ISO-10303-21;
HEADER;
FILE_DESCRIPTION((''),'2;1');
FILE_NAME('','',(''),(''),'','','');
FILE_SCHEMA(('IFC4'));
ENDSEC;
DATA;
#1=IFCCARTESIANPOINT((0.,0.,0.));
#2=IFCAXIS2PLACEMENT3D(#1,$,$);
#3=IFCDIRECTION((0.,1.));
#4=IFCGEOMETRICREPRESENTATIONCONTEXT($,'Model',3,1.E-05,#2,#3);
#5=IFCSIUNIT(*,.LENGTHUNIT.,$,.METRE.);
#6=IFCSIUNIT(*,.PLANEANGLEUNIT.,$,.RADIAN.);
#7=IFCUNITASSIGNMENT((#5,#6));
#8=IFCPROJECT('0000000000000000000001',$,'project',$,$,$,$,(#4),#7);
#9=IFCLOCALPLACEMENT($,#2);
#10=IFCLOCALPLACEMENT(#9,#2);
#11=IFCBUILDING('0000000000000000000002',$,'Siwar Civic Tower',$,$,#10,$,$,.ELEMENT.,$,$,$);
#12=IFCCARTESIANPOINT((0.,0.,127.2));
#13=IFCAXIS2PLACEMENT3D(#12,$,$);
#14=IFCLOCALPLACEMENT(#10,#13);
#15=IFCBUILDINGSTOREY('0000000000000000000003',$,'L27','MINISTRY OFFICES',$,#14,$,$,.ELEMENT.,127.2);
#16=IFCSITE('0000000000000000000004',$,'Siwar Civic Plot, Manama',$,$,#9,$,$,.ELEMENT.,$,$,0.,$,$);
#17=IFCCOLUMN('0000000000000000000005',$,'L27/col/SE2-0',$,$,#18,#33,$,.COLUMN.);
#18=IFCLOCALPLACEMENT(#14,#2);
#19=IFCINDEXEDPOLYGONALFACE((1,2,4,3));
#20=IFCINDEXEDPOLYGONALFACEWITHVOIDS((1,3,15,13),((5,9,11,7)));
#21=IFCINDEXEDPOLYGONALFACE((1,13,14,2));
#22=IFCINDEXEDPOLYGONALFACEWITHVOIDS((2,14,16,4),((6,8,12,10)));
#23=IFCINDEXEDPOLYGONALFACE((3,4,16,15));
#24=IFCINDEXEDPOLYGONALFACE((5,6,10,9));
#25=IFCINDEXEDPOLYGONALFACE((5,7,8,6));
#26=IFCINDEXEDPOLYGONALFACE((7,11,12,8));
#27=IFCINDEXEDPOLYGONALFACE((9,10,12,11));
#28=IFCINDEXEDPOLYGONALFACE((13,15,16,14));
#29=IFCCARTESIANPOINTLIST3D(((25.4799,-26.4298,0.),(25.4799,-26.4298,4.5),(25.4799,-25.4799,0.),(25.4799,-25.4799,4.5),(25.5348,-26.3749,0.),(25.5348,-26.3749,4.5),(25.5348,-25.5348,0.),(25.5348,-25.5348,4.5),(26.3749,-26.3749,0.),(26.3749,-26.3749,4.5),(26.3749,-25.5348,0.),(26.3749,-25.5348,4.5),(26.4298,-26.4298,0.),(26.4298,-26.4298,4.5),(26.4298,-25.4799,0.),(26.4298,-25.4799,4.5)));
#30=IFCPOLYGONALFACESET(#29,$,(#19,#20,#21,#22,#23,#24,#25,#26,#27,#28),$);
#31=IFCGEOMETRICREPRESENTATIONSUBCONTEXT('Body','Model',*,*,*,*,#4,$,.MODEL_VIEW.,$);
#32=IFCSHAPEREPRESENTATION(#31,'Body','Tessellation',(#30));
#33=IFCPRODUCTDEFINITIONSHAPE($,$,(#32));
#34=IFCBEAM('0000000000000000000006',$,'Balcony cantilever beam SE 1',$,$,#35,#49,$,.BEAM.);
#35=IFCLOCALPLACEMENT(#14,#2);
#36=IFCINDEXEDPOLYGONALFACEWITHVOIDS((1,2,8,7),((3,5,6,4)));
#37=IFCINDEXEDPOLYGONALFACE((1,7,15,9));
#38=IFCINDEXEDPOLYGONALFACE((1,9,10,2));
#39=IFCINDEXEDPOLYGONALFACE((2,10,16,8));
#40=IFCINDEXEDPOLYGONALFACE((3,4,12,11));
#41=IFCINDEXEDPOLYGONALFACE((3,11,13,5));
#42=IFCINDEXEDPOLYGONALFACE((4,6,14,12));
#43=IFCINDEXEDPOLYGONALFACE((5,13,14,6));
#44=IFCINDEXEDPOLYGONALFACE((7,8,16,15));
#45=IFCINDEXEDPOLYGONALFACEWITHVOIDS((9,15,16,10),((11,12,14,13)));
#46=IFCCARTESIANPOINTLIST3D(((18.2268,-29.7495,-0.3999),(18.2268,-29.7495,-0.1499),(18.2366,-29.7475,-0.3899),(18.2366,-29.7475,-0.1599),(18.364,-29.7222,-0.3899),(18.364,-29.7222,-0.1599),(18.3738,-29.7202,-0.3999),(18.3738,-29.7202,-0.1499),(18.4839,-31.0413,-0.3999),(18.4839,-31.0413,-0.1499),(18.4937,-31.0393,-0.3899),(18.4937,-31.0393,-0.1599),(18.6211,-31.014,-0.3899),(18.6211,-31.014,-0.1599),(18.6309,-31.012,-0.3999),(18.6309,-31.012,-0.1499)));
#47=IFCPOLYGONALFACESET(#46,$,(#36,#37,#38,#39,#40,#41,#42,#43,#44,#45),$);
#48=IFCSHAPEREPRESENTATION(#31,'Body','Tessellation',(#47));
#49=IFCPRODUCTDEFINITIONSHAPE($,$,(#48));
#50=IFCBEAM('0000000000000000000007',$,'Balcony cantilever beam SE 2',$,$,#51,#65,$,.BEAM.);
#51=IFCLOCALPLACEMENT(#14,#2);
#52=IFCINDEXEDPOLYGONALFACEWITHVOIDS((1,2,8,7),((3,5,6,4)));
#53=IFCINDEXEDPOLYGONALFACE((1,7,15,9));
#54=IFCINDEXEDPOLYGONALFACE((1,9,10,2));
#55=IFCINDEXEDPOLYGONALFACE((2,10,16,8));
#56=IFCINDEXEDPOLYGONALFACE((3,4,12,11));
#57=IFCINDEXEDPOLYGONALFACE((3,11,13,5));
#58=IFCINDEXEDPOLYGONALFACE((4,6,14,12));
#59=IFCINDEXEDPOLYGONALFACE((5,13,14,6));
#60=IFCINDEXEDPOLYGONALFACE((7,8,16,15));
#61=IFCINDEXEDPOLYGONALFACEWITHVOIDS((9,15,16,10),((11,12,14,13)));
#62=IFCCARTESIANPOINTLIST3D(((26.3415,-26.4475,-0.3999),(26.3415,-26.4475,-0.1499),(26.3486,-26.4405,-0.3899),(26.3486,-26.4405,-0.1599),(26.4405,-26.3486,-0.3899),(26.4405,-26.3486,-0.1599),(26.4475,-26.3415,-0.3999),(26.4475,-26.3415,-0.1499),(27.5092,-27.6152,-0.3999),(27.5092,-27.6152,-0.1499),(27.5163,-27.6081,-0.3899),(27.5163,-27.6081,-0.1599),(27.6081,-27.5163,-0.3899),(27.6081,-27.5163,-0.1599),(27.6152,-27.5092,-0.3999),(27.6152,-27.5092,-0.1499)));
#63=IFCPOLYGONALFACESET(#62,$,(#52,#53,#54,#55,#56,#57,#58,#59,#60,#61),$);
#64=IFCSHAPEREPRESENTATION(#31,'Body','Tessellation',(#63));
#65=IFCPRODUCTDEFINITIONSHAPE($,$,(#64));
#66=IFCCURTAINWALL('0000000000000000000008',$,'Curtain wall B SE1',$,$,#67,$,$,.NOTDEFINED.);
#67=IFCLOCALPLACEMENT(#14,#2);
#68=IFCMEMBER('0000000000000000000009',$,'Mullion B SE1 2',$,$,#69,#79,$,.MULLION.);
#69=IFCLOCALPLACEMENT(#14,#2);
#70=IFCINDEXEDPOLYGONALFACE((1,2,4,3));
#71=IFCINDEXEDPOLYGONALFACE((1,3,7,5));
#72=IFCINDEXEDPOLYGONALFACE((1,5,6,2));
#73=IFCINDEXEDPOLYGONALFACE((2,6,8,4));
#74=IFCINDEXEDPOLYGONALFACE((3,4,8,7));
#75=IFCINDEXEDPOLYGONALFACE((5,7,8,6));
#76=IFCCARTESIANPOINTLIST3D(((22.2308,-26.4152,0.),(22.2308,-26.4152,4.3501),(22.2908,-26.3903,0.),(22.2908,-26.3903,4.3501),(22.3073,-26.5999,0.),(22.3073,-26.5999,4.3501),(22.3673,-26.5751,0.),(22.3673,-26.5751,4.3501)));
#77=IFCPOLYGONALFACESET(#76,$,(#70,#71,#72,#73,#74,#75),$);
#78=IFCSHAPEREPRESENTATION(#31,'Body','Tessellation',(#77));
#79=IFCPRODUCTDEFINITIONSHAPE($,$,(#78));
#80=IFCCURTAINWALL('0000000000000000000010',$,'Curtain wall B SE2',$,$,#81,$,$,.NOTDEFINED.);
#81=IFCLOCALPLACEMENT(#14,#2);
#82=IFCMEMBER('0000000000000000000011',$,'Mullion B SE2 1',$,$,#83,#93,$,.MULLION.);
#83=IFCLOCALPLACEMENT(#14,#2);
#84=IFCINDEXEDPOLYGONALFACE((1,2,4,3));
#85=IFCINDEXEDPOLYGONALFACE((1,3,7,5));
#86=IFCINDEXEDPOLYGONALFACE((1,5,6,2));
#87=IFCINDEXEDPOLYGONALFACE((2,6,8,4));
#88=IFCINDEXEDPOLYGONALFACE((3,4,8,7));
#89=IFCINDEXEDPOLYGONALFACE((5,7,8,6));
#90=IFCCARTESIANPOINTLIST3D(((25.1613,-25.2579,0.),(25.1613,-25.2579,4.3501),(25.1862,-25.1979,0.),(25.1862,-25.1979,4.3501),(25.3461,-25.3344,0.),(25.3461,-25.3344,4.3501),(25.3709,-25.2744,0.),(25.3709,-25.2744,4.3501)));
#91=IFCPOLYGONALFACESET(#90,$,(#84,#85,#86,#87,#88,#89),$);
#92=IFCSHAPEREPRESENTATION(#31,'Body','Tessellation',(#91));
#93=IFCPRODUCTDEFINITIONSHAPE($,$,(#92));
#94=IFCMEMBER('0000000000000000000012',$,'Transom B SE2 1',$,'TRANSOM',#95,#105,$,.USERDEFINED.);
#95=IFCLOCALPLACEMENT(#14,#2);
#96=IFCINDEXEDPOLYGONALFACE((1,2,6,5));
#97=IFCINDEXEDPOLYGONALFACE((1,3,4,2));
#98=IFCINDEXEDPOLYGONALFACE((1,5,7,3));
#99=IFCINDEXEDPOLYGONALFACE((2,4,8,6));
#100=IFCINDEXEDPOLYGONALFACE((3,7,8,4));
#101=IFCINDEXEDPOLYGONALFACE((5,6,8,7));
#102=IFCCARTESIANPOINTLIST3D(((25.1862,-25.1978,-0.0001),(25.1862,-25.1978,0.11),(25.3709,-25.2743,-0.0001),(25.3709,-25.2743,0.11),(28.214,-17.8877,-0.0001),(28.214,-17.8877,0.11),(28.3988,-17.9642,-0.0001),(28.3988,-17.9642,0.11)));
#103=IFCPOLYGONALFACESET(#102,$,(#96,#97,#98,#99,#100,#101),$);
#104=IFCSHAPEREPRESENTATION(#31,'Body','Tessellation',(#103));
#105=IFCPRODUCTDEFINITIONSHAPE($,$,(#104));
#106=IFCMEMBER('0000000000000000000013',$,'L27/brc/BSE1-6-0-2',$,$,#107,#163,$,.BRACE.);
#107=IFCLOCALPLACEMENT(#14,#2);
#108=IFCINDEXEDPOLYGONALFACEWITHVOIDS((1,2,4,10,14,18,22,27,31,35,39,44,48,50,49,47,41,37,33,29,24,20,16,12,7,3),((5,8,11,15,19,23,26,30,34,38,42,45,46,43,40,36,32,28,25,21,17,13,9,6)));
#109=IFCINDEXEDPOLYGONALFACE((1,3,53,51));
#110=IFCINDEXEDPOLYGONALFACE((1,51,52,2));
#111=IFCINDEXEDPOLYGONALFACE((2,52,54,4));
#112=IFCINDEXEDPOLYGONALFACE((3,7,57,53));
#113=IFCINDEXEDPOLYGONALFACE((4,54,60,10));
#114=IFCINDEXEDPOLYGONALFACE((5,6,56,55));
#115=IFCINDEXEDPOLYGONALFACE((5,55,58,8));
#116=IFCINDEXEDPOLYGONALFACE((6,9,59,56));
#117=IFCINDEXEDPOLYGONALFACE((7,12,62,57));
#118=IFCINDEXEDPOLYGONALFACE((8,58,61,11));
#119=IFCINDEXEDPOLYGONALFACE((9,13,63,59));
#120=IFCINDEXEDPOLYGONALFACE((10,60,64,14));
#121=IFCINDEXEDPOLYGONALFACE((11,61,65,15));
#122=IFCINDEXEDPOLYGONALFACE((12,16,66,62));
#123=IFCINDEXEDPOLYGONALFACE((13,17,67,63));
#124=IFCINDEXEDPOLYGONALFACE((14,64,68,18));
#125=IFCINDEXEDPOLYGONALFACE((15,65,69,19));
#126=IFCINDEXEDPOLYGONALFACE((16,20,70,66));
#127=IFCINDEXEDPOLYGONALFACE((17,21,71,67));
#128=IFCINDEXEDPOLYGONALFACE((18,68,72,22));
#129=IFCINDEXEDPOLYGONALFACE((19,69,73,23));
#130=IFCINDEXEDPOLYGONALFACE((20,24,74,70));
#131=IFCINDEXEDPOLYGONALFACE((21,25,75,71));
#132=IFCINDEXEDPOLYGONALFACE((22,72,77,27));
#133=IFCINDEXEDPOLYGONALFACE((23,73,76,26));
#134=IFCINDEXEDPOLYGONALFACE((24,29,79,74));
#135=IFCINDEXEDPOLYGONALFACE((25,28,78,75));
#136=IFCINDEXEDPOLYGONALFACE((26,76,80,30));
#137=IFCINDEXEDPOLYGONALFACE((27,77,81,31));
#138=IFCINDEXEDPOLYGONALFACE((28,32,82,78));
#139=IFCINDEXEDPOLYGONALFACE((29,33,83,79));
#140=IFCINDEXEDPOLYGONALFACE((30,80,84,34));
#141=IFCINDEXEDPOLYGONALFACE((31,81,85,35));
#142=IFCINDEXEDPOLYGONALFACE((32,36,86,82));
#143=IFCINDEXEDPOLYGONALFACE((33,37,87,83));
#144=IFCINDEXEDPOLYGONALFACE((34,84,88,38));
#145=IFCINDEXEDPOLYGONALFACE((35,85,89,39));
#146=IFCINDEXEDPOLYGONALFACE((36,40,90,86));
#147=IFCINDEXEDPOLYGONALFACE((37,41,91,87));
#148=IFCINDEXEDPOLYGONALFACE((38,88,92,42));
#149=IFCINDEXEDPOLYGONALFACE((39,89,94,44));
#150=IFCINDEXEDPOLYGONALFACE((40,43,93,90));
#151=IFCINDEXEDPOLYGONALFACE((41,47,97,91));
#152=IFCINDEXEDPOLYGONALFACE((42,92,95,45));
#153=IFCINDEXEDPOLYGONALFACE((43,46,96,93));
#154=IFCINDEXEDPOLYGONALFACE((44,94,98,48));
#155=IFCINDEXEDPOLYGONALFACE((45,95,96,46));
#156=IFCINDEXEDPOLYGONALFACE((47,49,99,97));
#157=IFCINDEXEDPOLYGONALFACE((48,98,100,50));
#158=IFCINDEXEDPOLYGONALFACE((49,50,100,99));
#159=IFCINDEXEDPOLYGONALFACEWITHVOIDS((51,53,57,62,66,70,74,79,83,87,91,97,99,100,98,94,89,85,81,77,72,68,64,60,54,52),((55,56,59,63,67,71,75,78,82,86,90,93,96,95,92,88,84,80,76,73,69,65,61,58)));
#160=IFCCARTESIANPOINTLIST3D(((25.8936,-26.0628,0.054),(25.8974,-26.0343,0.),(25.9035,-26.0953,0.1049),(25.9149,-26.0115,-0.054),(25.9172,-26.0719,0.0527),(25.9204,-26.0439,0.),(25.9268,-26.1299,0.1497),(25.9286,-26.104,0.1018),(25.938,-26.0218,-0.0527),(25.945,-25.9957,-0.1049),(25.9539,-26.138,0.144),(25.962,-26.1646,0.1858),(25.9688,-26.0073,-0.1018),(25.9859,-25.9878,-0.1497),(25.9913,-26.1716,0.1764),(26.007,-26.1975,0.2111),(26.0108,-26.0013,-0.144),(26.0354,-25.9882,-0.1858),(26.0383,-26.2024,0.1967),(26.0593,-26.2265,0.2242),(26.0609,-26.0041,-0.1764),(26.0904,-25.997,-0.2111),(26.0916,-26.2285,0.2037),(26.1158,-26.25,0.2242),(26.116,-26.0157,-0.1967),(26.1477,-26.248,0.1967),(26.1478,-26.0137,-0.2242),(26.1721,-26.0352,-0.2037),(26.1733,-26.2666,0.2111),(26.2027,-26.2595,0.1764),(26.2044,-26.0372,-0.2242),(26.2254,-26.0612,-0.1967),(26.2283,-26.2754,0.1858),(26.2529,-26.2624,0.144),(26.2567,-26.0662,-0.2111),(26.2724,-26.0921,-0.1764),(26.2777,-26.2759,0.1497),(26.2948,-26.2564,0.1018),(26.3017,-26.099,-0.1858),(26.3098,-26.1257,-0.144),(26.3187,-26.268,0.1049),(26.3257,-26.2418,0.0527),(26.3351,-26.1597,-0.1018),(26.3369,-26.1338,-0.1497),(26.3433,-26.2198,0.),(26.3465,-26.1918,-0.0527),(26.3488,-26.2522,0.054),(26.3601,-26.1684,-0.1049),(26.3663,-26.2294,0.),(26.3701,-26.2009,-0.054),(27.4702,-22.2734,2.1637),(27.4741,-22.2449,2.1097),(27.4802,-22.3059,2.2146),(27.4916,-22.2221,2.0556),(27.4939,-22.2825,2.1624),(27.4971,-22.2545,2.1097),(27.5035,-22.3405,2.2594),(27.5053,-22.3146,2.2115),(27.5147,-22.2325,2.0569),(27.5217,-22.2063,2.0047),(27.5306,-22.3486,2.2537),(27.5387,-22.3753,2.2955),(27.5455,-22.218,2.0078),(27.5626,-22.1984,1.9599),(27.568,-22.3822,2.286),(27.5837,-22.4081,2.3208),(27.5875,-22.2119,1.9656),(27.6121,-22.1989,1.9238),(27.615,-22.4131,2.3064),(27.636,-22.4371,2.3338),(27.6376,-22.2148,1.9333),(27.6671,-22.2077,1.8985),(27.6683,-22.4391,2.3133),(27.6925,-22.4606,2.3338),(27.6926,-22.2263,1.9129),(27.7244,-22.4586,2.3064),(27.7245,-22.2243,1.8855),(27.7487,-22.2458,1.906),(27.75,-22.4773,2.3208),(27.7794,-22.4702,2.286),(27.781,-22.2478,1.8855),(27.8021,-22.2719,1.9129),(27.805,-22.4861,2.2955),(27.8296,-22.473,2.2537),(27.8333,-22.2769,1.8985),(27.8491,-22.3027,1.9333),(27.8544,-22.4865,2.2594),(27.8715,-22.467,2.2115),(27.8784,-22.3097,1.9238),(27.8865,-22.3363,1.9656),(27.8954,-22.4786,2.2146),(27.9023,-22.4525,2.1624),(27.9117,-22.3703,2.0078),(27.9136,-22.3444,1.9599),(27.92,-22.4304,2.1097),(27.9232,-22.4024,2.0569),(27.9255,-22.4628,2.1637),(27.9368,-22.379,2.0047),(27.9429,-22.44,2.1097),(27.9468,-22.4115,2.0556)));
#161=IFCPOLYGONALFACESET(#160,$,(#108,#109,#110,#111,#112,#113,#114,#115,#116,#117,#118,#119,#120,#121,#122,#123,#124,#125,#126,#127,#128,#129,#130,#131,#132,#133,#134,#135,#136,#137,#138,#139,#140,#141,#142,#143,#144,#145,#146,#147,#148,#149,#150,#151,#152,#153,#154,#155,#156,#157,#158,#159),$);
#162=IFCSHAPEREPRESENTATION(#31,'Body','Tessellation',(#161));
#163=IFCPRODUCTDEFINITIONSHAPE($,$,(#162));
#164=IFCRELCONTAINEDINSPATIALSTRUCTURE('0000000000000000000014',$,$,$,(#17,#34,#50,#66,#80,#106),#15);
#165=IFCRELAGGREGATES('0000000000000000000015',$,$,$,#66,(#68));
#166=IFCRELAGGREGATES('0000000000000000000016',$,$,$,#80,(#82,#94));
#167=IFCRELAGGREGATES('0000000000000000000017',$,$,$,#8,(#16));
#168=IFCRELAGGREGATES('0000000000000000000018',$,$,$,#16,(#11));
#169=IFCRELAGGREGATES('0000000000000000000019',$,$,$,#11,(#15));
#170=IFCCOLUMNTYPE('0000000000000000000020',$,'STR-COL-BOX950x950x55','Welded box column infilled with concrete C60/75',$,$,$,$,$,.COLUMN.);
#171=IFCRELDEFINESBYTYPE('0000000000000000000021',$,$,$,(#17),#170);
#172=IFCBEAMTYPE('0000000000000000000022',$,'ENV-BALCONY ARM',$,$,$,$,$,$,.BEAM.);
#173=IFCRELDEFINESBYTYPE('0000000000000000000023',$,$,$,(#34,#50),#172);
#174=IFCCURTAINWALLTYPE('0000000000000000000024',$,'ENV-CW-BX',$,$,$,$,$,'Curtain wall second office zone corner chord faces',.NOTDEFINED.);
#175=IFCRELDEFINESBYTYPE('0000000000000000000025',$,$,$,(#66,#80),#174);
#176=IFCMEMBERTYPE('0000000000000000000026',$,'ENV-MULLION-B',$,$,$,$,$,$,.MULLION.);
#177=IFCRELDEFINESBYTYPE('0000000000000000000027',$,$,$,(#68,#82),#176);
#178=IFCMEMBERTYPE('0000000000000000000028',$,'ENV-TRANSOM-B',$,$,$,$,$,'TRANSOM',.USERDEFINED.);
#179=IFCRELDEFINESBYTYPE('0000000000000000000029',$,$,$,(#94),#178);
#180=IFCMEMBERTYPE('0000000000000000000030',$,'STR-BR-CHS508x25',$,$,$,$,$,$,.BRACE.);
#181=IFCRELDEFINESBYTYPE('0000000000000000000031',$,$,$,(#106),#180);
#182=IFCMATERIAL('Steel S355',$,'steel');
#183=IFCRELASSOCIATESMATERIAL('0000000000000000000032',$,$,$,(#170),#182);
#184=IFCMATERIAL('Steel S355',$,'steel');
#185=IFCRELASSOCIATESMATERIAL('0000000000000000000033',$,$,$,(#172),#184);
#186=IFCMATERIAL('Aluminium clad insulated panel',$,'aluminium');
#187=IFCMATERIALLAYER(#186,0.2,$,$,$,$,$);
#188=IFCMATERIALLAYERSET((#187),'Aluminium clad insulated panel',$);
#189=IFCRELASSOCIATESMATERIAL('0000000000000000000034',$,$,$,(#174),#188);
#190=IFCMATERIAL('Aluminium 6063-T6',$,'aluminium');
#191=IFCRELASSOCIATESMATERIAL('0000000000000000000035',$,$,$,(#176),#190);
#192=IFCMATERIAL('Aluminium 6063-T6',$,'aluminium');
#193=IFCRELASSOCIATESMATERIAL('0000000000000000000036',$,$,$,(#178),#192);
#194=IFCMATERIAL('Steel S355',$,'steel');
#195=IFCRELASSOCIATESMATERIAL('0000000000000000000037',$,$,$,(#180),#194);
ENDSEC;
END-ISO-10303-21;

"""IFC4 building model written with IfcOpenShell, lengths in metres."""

from ifc_helpers import new_model, si_unit, direction, frame, origin, origin_2d, place, context, subcontext, project, spatial, rectangle, hollow_rectangle, hollow_circle, extrude, material, layer, layer_set, material_profile, profile_set, type_object, element, aggregate, save


model = new_model("IFC4")

# Units and contexts
model_context = context("Model", 3, precision=1e-05, world=origin(), true_north=direction((0.0, 1.0)))
body_context = subcontext(model_context, "Body", "Model", "MODEL_VIEW")
ifc_project = project(units=[si_unit("LENGTHUNIT", "METRE"), si_unit("PLANEANGLEUNIT", "RADIAN")], contexts=[model_context])

# Site, building, storey
site_placement = place(None, origin())
site = spatial("IfcSite", under=ifc_project, at=site_placement, Name="Siwar Civic Plot, Manama", CompositionType="ELEMENT", RefElevation=0.0)
building_placement = place(site_placement, origin())
building = spatial("IfcBuilding", under=site, at=building_placement, Name="Siwar Civic Tower", CompositionType="ELEMENT")
storey_placement = place(building_placement, frame((0.0, 0.0, 127.2)))
storey = spatial("IfcBuildingStorey", under=building, at=storey_placement, Name="L27", Description="MINISTRY OFFICES", CompositionType="ELEMENT", Elevation=127.2)

# Column
ifc_material_1 = material(Name="Steel S355", Category="steel")
ifc_material_profile_1 = material_profile(ifc_material_1, hollow_rectangle(XDim=0.95, YDim=0.95, WallThickness=0.0549, at=origin_2d()), Name="BOX950x950x55")
ifc_profile_set_1 = profile_set([ifc_material_profile_1], Name="Steel S355")
column_type = type_object("IfcColumnType", Name="STR-COL-BOX950x950x55", Description="Welded box column infilled with concrete C60/75", PredefinedType="COLUMN", material=ifc_profile_set_1)
column_placement = place(storey_placement, frame((25.9548, -25.9548, 0.0), z_axis=(0.0, 0.0, 1.0), x_axis=(1.0, 0.0, 0.0)))
element("IfcColumn", 1, at=column_placement, inside=storey, type_object=column_type, Name="L27/col/SE2-0", PredefinedType="COLUMN", context=body_context, shape_type="SweptSolid", body=[
    extrude(hollow_rectangle(XDim=0.95, YDim=0.95, WallThickness=0.0549, at=origin_2d()), origin(), (0.0, 0.0, 1.0), 4.5),
])

# Beams
ifc_material_2 = material(Name="Steel S355", Category="steel")
ifc_material_profile_2 = material_profile(ifc_material_2, hollow_rectangle(XDim=0.1499, YDim=0.25, WallThickness=0.01, at=origin_2d()), Name="RHS250x150x10")
ifc_profile_set_2 = profile_set([ifc_material_profile_2], Name="Steel S355")
beam_type_1 = type_object("IfcBeamType", Name="ENV-BALCONY ARM", PredefinedType="BEAM", material=ifc_profile_set_2)
beam_1_placement = place(storey_placement, frame((18.3003, -29.7349, -0.2749), z_axis=(0.195189, -0.980766, 0.0), x_axis=(0.980766, 0.195189, 0.0)))
element("IfcBeam", 2, at=beam_1_placement, inside=storey, type_object=beam_type_1, Name="Balcony cantilever beam SE 1", PredefinedType="BEAM", context=body_context, shape_type="SweptSolid", body=[
    extrude(hollow_rectangle(XDim=0.1499, YDim=0.25, WallThickness=0.01, at=origin_2d()), origin(), (0.0, 0.0, 1.0), 1.3171),
])
beam_2_placement = place(storey_placement, frame((26.3945, -26.3945, -0.2749), z_axis=(0.707107, -0.707107, 0.0), x_axis=(0.707107, 0.707107, 0.0)))
element("IfcBeam", 3, at=beam_2_placement, inside=storey, type_object=beam_type_1, Name="Balcony cantilever beam SE 2", PredefinedType="BEAM", context=body_context, shape_type="SweptSolid", body=[
    extrude(hollow_rectangle(XDim=0.1499, YDim=0.25, WallThickness=0.01, at=origin_2d()), origin(), (0.0, 0.0, 1.0), 1.6514),
])

# Curtain wall, member
ifc_material_3 = material(Name="Aluminium clad insulated panel", Category="aluminium")
ifc_layer_1 = layer(ifc_material_3, 0.2)
ifc_layer_set_1 = layer_set([ifc_layer_1], Name="Aluminium clad insulated panel")
curtain_wall_type = type_object("IfcCurtainWallType", Name="ENV-CW-BX", ElementType="Curtain wall second office zone corner chord faces", PredefinedType="NOTDEFINED", material=ifc_layer_set_1)
curtain_wall_1_placement = place(storey_placement, origin())
curtain_wall_1 = element("IfcCurtainWall", 4, at=curtain_wall_1_placement, inside=storey, type_object=curtain_wall_type, Name="Curtain wall B SE1", PredefinedType="NOTDEFINED")
ifc_material_4 = material(Name="Aluminium 6063-T6", Category="aluminium")
ifc_material_profile_3 = material_profile(ifc_material_4, rectangle(XDim=0.2, YDim=0.0649, at=origin_2d()), Name="AL 200x65")
ifc_profile_set_3 = profile_set([ifc_material_profile_3], Name="Aluminium 6063-T6")
member_type_1 = type_object("IfcMemberType", Name="ENV-MULLION-B", PredefinedType="MULLION", material=ifc_profile_set_3)
member_1_placement = place(storey_placement, frame((22.2991, -26.4951, 0.0), z_axis=(0.0, 0.0, 1.0), x_axis=(-0.382683, 0.92388, 0.0)))
member_1 = element("IfcMember", 5, at=member_1_placement, type_object=member_type_1, Name="Mullion B SE1 2", PredefinedType="MULLION", context=body_context, shape_type="SweptSolid", body=[
    extrude(rectangle(XDim=0.2, YDim=0.0649, at=origin_2d()), origin(), (0.0, 0.0, 1.0), 4.3501),
])

# Curtain wall, members
curtain_wall_2_placement = place(storey_placement, origin())
curtain_wall_2 = element("IfcCurtainWall", 6, at=curtain_wall_2_placement, inside=storey, type_object=curtain_wall_type, Name="Curtain wall B SE2", PredefinedType="NOTDEFINED")
member_2_placement = place(storey_placement, frame((25.2661, -25.2661, 0.0), z_axis=(0.0, 0.0, 1.0), x_axis=(-0.92388, 0.382683, 0.0)))
member_2 = element("IfcMember", 7, at=member_2_placement, type_object=member_type_1, Name="Mullion B SE2 1", PredefinedType="MULLION", context=body_context, shape_type="SweptSolid", body=[
    extrude(rectangle(XDim=0.2, YDim=0.0649, at=origin_2d()), origin(), (0.0, 0.0, 1.0), 4.3501),
])
ifc_material_5 = material(Name="Aluminium 6063-T6", Category="aluminium")
ifc_material_profile_4 = material_profile(ifc_material_5, rectangle(XDim=0.2, YDim=0.1101, at=origin_2d()), Name="AL 200x110")
ifc_profile_set_4 = profile_set([ifc_material_profile_4], Name="Aluminium 6063-T6")
member_type_2 = type_object("IfcMemberType", Name="ENV-TRANSOM-B", ElementType="TRANSOM", PredefinedType="USERDEFINED", material=ifc_profile_set_4)
member_3_placement = place(storey_placement, frame((25.2786, -25.2361, 0.0549), z_axis=(0.382673, 0.923884, 0.0), x_axis=(-0.923884, 0.382673, 0.0)))
member_3 = element("IfcMember", 8, at=member_3_placement, type_object=member_type_2, Name="Transom B SE2 1", ObjectType="TRANSOM", PredefinedType="USERDEFINED", context=body_context, shape_type="SweptSolid", body=[
    extrude(rectangle(XDim=0.2, YDim=0.1101, at=origin_2d()), origin(), (0.0, 0.0, 1.0), 7.9124),
])

# Member
ifc_material_6 = material(Name="Steel S355", Category="steel")
ifc_material_profile_5 = material_profile(ifc_material_6, hollow_circle(Radius=0.2539, WallThickness=0.0249, at=origin_2d()), Name="CHS508x25")
ifc_profile_set_5 = profile_set([ifc_material_profile_5], Name="Steel S355")
member_type_3 = type_object("IfcMemberType", Name="STR-BR-CHS508x25", PredefinedType="BRACE", material=ifc_profile_set_5)
member_4_placement = place(storey_placement, frame((26.1318, -26.1318, 0.0), z_axis=(0.341662, 0.821143, 0.457155), x_axis=(-0.923269, 0.384155, 0.0)))
element("IfcMember", 9, at=member_4_placement, inside=storey, type_object=member_type_3, Name="L27/brc/BSE1-6-0-2", PredefinedType="BRACE", context=body_context, shape_type="SweptSolid", body=[
    extrude(hollow_circle(Radius=0.2539, WallThickness=0.0249, at=origin_2d()), origin(), (0.0, 0.0, 1.0), 4.6147),
])

aggregate(curtain_wall_1, [member_1])
aggregate(curtain_wall_2, [member_2, member_3])

save(model, "model.ifc")
